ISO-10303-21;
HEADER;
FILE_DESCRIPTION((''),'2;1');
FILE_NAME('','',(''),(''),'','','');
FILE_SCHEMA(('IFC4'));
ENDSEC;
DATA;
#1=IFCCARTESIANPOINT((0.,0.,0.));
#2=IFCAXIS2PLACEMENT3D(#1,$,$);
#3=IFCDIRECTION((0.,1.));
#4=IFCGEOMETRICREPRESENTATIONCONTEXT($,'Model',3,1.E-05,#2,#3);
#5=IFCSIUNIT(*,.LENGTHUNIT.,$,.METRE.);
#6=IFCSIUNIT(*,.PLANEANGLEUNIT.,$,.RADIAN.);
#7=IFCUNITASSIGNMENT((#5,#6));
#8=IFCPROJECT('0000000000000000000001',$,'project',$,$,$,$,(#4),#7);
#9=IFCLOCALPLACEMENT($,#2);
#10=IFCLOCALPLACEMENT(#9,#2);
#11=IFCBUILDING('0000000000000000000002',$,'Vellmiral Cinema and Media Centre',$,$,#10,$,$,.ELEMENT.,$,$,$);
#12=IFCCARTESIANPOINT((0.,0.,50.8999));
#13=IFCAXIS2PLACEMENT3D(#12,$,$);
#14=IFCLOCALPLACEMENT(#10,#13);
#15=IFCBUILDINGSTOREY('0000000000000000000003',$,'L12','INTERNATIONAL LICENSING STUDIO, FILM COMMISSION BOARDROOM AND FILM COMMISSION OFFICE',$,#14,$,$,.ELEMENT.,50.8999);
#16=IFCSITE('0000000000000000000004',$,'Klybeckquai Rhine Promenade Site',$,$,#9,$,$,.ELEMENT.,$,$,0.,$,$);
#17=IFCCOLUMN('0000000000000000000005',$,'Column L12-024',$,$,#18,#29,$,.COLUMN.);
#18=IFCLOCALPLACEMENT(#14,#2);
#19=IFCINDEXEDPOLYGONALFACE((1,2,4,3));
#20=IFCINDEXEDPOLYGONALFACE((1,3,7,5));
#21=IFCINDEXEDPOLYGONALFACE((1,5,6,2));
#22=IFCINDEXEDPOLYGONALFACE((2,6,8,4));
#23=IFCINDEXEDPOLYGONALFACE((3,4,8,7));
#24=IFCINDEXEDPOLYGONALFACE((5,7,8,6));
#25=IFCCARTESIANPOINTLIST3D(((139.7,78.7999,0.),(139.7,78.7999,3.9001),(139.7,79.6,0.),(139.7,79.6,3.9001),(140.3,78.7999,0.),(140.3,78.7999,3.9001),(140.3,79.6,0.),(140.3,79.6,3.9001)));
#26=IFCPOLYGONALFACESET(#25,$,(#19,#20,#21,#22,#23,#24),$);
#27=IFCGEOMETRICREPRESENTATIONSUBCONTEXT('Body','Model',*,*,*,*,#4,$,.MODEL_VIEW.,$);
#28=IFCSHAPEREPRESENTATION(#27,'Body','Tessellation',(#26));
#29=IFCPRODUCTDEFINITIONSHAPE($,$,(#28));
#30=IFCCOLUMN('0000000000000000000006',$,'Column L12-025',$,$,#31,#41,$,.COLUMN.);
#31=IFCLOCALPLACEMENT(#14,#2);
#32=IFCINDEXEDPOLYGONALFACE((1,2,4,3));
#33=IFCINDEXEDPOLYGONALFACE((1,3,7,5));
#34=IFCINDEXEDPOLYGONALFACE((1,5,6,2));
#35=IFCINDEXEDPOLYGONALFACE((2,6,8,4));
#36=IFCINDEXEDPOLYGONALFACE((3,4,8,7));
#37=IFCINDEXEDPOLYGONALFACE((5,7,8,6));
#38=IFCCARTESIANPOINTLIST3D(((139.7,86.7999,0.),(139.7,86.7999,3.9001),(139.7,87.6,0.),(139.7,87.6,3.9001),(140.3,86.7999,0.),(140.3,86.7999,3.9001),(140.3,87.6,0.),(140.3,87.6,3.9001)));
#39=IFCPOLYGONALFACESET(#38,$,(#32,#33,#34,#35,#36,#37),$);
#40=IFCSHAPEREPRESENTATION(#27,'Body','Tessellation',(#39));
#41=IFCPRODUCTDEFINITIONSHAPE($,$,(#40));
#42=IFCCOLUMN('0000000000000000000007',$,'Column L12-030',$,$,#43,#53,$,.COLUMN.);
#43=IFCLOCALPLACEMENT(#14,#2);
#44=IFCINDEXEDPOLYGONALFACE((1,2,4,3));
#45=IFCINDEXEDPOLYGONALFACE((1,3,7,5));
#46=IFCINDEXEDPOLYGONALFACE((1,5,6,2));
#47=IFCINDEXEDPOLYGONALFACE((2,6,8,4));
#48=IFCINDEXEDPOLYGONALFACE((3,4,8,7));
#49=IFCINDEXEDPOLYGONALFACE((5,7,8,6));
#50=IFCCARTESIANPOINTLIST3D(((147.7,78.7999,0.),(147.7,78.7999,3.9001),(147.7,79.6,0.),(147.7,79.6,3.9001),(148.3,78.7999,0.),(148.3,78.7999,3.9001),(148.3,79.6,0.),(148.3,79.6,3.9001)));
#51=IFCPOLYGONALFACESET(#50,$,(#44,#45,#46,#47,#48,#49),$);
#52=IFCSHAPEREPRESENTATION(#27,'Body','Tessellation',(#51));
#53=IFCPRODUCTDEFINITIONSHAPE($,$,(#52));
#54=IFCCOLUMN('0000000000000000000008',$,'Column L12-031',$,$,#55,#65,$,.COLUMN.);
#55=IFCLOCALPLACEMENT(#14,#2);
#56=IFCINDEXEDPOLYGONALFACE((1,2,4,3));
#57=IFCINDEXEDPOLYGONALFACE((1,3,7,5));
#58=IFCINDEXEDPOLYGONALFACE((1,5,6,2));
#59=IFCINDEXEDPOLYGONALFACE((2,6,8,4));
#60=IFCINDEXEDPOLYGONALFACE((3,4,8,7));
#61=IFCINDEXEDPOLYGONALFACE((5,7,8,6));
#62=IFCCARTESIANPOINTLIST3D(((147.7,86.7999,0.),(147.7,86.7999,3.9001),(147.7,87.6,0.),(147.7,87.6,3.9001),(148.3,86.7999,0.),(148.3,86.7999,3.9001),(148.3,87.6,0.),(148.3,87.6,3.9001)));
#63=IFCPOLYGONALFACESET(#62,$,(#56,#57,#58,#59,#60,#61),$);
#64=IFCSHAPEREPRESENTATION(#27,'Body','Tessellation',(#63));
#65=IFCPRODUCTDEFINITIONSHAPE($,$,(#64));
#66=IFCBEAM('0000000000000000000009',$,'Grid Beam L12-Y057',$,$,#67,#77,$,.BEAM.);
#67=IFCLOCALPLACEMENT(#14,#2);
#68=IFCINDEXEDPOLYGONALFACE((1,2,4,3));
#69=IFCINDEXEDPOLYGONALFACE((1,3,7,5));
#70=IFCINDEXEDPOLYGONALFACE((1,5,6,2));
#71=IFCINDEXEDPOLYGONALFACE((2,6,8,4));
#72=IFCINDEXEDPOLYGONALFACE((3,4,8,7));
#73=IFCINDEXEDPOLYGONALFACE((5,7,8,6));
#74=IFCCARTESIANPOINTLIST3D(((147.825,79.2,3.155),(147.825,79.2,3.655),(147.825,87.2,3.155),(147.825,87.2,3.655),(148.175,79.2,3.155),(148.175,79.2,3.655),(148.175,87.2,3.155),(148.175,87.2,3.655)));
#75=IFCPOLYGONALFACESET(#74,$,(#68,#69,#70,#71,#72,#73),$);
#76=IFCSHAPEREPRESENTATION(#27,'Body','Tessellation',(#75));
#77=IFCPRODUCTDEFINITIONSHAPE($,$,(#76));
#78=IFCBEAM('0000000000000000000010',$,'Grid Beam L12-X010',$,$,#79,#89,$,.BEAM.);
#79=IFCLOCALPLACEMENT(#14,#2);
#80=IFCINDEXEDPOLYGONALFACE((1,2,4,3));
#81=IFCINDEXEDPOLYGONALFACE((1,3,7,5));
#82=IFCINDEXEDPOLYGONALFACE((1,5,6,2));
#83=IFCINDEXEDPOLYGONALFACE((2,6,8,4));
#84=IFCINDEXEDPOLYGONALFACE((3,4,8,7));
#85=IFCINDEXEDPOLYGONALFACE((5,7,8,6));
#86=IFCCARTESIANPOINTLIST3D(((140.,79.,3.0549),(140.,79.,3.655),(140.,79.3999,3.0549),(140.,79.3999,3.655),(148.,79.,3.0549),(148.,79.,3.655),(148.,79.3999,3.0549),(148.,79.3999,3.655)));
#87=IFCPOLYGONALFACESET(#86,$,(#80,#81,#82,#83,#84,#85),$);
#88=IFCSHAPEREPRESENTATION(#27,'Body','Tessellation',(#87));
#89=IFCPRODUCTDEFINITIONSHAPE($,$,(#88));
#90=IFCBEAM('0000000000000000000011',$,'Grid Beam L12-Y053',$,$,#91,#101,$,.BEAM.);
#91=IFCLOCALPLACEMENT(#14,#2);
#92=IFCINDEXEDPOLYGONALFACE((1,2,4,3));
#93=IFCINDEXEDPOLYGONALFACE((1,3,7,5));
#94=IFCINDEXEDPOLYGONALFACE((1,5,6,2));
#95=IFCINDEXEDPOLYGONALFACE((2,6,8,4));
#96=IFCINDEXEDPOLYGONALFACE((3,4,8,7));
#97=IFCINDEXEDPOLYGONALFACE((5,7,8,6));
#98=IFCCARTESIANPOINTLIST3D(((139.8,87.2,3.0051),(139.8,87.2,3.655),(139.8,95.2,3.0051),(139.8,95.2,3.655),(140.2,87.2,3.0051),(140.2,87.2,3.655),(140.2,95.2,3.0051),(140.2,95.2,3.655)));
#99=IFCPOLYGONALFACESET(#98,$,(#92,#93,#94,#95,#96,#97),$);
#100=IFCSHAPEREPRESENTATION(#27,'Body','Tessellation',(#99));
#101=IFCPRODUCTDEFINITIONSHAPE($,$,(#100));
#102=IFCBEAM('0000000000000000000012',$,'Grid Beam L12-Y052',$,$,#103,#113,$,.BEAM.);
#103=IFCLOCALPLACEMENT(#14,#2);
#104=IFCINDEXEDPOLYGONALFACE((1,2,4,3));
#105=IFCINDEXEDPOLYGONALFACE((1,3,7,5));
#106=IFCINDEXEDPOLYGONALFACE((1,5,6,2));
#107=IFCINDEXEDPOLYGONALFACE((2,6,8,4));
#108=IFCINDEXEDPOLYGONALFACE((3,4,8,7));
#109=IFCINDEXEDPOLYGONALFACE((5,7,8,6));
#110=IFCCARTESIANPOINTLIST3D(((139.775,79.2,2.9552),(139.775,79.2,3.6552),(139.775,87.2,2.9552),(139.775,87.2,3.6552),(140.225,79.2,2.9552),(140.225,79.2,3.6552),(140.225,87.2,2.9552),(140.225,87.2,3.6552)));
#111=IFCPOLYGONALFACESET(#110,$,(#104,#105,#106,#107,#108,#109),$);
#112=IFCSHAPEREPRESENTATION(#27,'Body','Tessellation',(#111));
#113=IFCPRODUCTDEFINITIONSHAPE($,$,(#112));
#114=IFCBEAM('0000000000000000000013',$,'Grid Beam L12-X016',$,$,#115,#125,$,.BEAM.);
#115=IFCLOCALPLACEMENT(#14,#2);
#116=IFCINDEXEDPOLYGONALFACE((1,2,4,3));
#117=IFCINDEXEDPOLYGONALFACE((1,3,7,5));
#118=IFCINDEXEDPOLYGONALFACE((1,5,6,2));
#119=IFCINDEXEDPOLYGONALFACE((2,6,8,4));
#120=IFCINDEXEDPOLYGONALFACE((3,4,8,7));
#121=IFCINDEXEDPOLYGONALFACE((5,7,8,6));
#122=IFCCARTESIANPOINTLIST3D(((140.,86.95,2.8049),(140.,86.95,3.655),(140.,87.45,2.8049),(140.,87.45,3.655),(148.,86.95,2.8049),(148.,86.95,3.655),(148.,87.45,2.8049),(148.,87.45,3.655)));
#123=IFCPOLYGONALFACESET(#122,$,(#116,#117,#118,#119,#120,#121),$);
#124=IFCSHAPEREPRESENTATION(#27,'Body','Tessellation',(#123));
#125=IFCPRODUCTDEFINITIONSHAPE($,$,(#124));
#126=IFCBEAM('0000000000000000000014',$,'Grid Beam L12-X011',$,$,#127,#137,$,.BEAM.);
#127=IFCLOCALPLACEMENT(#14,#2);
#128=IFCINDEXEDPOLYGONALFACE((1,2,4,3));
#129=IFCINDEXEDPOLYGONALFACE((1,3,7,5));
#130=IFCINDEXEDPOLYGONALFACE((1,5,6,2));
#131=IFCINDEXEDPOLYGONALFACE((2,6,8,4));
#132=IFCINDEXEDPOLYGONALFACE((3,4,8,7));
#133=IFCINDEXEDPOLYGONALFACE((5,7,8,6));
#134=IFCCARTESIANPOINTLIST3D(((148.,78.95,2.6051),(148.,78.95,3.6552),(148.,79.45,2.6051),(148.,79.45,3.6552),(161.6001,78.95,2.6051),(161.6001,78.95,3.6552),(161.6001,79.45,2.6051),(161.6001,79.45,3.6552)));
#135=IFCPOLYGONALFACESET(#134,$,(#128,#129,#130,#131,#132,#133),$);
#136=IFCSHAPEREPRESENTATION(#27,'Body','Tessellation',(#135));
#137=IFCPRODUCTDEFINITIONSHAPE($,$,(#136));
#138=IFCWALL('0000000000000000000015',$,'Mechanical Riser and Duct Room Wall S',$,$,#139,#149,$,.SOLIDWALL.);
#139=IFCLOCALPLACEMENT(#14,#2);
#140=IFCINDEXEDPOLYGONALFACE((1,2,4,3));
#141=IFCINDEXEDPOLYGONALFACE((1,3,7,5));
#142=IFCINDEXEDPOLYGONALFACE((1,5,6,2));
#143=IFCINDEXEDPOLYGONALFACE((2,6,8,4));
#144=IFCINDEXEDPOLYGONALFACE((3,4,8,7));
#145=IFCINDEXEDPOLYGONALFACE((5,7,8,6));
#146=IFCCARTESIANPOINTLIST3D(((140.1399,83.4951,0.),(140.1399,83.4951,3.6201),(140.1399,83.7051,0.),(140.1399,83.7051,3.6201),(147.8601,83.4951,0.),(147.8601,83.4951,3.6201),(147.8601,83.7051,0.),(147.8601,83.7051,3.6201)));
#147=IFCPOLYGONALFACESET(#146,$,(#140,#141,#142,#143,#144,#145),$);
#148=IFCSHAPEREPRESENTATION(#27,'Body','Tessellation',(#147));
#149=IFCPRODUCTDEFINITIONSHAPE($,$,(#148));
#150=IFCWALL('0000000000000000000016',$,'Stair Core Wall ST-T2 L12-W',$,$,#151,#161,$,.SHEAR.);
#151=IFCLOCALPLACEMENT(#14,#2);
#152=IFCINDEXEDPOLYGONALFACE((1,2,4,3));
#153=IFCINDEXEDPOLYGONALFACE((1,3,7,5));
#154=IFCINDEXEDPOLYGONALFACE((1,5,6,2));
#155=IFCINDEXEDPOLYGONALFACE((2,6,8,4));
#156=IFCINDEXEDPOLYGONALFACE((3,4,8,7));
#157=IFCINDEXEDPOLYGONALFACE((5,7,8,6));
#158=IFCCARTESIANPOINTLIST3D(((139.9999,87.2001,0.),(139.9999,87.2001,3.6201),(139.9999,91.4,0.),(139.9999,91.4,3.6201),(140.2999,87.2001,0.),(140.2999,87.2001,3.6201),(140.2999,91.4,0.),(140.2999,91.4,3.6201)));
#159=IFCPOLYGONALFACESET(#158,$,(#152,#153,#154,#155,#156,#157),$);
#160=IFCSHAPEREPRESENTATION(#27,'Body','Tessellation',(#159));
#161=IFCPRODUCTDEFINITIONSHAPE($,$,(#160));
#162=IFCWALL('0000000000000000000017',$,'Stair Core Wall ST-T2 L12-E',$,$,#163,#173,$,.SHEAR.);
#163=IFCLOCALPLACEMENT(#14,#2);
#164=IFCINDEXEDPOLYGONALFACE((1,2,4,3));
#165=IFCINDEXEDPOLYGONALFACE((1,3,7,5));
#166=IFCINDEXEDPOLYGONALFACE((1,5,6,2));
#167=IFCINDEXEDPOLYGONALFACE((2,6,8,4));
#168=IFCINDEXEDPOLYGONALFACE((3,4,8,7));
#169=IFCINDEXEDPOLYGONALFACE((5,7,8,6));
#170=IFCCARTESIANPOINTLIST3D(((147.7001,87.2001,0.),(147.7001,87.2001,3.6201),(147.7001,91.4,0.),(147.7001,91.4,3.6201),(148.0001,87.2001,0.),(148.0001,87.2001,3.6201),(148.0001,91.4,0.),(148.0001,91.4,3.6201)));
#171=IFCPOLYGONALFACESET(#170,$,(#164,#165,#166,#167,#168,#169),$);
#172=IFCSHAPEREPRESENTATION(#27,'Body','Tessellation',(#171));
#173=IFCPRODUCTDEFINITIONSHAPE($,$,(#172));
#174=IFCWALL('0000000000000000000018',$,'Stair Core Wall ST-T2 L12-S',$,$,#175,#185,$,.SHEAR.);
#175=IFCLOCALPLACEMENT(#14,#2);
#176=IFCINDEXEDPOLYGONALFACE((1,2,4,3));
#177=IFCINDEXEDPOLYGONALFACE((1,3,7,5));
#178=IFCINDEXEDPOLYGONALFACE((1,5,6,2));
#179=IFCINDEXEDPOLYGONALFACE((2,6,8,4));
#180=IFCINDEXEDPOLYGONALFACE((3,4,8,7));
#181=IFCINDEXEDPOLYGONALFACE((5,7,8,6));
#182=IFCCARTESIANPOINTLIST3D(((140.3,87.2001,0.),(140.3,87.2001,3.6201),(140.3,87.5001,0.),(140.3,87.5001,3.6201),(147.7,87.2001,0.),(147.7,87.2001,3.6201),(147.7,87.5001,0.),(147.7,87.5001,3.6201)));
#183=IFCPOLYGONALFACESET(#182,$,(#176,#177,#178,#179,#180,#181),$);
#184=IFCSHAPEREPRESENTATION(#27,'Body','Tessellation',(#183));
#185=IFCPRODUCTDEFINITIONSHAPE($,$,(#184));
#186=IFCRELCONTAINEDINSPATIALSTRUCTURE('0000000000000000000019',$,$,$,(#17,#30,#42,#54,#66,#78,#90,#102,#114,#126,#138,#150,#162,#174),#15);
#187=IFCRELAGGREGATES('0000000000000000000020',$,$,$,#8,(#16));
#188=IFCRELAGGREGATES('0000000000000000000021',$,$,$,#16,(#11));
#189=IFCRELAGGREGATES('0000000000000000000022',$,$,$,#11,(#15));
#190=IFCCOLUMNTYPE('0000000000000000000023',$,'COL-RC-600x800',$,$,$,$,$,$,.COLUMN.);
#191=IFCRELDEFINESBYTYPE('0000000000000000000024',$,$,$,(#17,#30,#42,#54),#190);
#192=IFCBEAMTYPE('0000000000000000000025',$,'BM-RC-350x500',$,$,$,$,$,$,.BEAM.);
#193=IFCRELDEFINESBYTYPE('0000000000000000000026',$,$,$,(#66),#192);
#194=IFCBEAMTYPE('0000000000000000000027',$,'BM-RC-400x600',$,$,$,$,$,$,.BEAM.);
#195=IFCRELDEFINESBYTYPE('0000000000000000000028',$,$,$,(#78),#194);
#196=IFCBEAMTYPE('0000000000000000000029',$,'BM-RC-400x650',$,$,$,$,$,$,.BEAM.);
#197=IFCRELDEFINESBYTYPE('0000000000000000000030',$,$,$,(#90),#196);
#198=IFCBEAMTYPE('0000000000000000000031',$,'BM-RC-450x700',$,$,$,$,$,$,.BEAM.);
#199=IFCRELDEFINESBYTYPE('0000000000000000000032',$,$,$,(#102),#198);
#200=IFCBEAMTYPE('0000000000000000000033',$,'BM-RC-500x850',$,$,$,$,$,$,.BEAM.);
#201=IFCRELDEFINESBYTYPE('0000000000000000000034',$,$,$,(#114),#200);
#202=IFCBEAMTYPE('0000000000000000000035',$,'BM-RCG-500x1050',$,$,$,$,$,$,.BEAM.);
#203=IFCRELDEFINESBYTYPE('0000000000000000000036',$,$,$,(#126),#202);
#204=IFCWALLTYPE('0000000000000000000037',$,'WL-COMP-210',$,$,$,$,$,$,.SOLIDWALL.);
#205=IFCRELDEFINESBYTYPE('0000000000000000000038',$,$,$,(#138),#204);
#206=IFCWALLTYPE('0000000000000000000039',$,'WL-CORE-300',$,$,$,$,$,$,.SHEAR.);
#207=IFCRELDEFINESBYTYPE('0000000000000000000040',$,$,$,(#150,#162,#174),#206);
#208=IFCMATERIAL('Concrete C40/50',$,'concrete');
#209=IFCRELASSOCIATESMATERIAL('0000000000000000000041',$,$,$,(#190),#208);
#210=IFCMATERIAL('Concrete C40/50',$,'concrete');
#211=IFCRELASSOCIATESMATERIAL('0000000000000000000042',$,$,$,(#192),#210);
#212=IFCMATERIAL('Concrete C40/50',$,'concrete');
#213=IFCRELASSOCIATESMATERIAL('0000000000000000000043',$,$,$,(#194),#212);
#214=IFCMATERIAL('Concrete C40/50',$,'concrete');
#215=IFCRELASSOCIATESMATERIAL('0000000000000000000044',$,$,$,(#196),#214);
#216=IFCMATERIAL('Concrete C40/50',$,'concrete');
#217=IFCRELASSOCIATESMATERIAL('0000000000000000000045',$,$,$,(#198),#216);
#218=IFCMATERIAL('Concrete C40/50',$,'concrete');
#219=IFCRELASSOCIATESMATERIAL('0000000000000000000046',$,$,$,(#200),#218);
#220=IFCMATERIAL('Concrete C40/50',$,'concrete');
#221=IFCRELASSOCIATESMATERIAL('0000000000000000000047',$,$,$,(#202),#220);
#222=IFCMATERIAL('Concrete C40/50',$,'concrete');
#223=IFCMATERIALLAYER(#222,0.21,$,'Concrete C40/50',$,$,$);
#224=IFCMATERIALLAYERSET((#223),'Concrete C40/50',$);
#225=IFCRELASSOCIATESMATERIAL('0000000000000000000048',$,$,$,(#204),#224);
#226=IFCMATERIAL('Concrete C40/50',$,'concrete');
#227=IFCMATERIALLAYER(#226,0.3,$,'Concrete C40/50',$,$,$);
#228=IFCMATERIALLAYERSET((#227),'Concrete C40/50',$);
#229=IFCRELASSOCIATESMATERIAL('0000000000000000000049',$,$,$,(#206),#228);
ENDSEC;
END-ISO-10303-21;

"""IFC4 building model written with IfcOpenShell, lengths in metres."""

from ifc_helpers import new_model, si_unit, direction, frame, frame_2d, origin, origin_2d, place, context, subcontext, project, spatial, rectangle, extrude, material, layer, layer_set, material_profile, profile_set, type_object, element, save


model = new_model("IFC4")

# Units and contexts
model_context = context("Model", 3, precision=1e-05, world=origin(), true_north=direction((0.0, 1.0)))
body_context = subcontext(model_context, "Body", "Model", "MODEL_VIEW")
ifc_project = project(units=[si_unit("LENGTHUNIT", "METRE"), si_unit("PLANEANGLEUNIT", "RADIAN")], contexts=[model_context])

# Site, building, storey
site_placement = place(None, origin())
site = spatial("IfcSite", under=ifc_project, at=site_placement, Name="Klybeckquai Rhine Promenade Site", CompositionType="ELEMENT", RefElevation=0.0)
building_placement = place(site_placement, origin())
building = spatial("IfcBuilding", under=site, at=building_placement, Name="Vellmiral Cinema and Media Centre", CompositionType="ELEMENT")
storey_placement = place(building_placement, frame((0.0, 0.0, 50.8999)))
storey = spatial("IfcBuildingStorey", under=building, at=storey_placement, Name="L12", Description="INTERNATIONAL LICENSING STUDIO, FILM COMMISSION BOARDROOM AND FILM COMMISSION OFFICE", CompositionType="ELEMENT", Elevation=50.8999)

# Columns
ifc_material_1 = material(Name="Concrete C40/50", Category="concrete")
ifc_material_profile_1 = material_profile(ifc_material_1, rectangle(XDim=0.6001, YDim=0.8, at=origin_2d()), Name="RC 600x800")
ifc_profile_set_1 = profile_set([ifc_material_profile_1], Name="Concrete C40/50")
column_type = type_object("IfcColumnType", Name="COL-RC-600x800", PredefinedType="COLUMN", material=ifc_profile_set_1)
for number, where, z_axis, x_axis, name in (
    (1, (140.0, 79.2, 0.0), (0.0, 0.0, 1.0), (1.0, 0.0, 0.0), "Column L12-024"),
    (2, (140.0, 87.2, 0.0), (0.0, 0.0, 1.0), (1.0, 0.0, 0.0), "Column L12-025"),
    (3, (148.0, 79.2, 0.0), (0.0, 0.0, 1.0), (1.0, 0.0, 0.0), "Column L12-030"),
    (4, (148.0, 87.2, 0.0), (0.0, 0.0, 1.0), (1.0, 0.0, 0.0), "Column L12-031"),
):
    element("IfcColumn", number, at=place(storey_placement, frame(where, z_axis=z_axis, x_axis=x_axis)), inside=storey, type_object=column_type, Name=name, PredefinedType="COLUMN", context=body_context, shape_type="SweptSolid", body=[
        extrude(rectangle(XDim=0.6001, YDim=0.8, at=origin_2d()), origin(), (0.0, 0.0, 1.0), 3.9001),
    ])

# Beams
ifc_material_2 = material(Name="Concrete C40/50", Category="concrete")
ifc_material_profile_2 = material_profile(ifc_material_2, rectangle(XDim=0.3501, YDim=0.5, at=origin_2d()), Name="RC 350x500")
ifc_profile_set_2 = profile_set([ifc_material_profile_2], Name="Concrete C40/50")
beam_type_1 = type_object("IfcBeamType", Name="BM-RC-350x500", PredefinedType="BEAM", material=ifc_profile_set_2)
beam_1_placement = place(storey_placement, frame((148.0, 79.2, 3.405), z_axis=(0.0, 1.0, 0.0), x_axis=(-1.0, 0.0, 0.0)))
element("IfcBeam", 5, at=beam_1_placement, inside=storey, type_object=beam_type_1, Name="Grid Beam L12-Y057", PredefinedType="BEAM", context=body_context, shape_type="SweptSolid", body=[
    extrude(rectangle(XDim=0.3501, YDim=0.5, at=origin_2d()), origin(), (0.0, 0.0, 1.0), 8.0),
])
ifc_material_3 = material(Name="Concrete C40/50", Category="concrete")
ifc_material_profile_3 = material_profile(ifc_material_3, rectangle(XDim=0.3999, YDim=0.6001, at=origin_2d()), Name="RC 400x600")
ifc_profile_set_3 = profile_set([ifc_material_profile_3], Name="Concrete C40/50")
beam_type_2 = type_object("IfcBeamType", Name="BM-RC-400x600", PredefinedType="BEAM", material=ifc_profile_set_3)
beam_2_placement = place(storey_placement, frame((140.0, 79.2, 3.355), z_axis=(1.0, 0.0, 0.0), x_axis=(0.0, 1.0, 0.0)))
element("IfcBeam", 6, at=beam_2_placement, inside=storey, type_object=beam_type_2, Name="Grid Beam L12-X010", PredefinedType="BEAM", context=body_context, shape_type="SweptSolid", body=[
    extrude(rectangle(XDim=0.3999, YDim=0.6001, at=origin_2d()), origin(), (0.0, 0.0, 1.0), 8.0),
])
ifc_material_4 = material(Name="Concrete C40/50", Category="concrete")
ifc_material_profile_4 = material_profile(ifc_material_4, rectangle(XDim=0.3999, YDim=0.6499, at=origin_2d()), Name="RC 400x650")
ifc_profile_set_4 = profile_set([ifc_material_profile_4], Name="Concrete C40/50")
beam_type_3 = type_object("IfcBeamType", Name="BM-RC-400x650", PredefinedType="BEAM", material=ifc_profile_set_4)
beam_3_placement = place(storey_placement, frame((140.0, 87.2, 3.3301), z_axis=(0.0, 1.0, 0.0), x_axis=(-1.0, 0.0, 0.0)))
element("IfcBeam", 7, at=beam_3_placement, inside=storey, type_object=beam_type_3, Name="Grid Beam L12-Y053", PredefinedType="BEAM", context=body_context, shape_type="SweptSolid", body=[
    extrude(rectangle(XDim=0.3999, YDim=0.6499, at=origin_2d()), origin(), (0.0, 0.0, 1.0), 8.0),
])
ifc_material_5 = material(Name="Concrete C40/50", Category="concrete")
ifc_material_profile_5 = material_profile(ifc_material_5, rectangle(XDim=0.45, YDim=0.7, at=origin_2d()), Name="RC 450x700")
ifc_profile_set_5 = profile_set([ifc_material_profile_5], Name="Concrete C40/50")
beam_type_4 = type_object("IfcBeamType", Name="BM-RC-450x700", PredefinedType="BEAM", material=ifc_profile_set_5)
beam_4_placement = place(storey_placement, frame((140.0, 79.2, 3.3052), z_axis=(0.0, 1.0, 0.0), x_axis=(-1.0, 0.0, 0.0)))
element("IfcBeam", 8, at=beam_4_placement, inside=storey, type_object=beam_type_4, Name="Grid Beam L12-Y052", PredefinedType="BEAM", context=body_context, shape_type="SweptSolid", body=[
    extrude(rectangle(XDim=0.45, YDim=0.7, at=origin_2d()), origin(), (0.0, 0.0, 1.0), 8.0),
])
ifc_material_6 = material(Name="Concrete C40/50", Category="concrete")
ifc_material_profile_6 = material_profile(ifc_material_6, rectangle(XDim=0.5, YDim=0.8501, at=origin_2d()), Name="RC 500x850")
ifc_profile_set_6 = profile_set([ifc_material_profile_6], Name="Concrete C40/50")
beam_type_5 = type_object("IfcBeamType", Name="BM-RC-500x850", PredefinedType="BEAM", material=ifc_profile_set_6)
beam_5_placement = place(storey_placement, frame((140.0, 87.2, 3.23), z_axis=(1.0, 0.0, 0.0), x_axis=(0.0, 1.0, 0.0)))
element("IfcBeam", 9, at=beam_5_placement, inside=storey, type_object=beam_type_5, Name="Grid Beam L12-X016", PredefinedType="BEAM", context=body_context, shape_type="SweptSolid", body=[
    extrude(rectangle(XDim=0.5, YDim=0.8501, at=origin_2d()), origin(), (0.0, 0.0, 1.0), 8.0),
])
ifc_material_7 = material(Name="Concrete C40/50", Category="concrete")
ifc_material_profile_7 = material_profile(ifc_material_7, rectangle(XDim=0.5, YDim=1.05, at=origin_2d()), Name="RC 500x1050")
ifc_profile_set_7 = profile_set([ifc_material_profile_7], Name="Concrete C40/50")
beam_type_6 = type_object("IfcBeamType", Name="BM-RCG-500x1050", PredefinedType="BEAM", material=ifc_profile_set_7)
beam_6_placement = place(storey_placement, frame((148.0, 79.2, 3.1301), z_axis=(1.0, 0.0, 0.0), x_axis=(0.0, 1.0, 0.0)))
element("IfcBeam", 10, at=beam_6_placement, inside=storey, type_object=beam_type_6, Name="Grid Beam L12-X011", PredefinedType="BEAM", context=body_context, shape_type="SweptSolid", body=[
    extrude(rectangle(XDim=0.5, YDim=1.05, at=origin_2d()), origin(), (0.0, 0.0, 1.0), 13.6001),
])

# Wall
ifc_material_8 = material(Name="Concrete C40/50", Category="concrete")
ifc_layer_1 = layer(ifc_material_8, 0.21, Name="Concrete C40/50")
ifc_layer_set_1 = layer_set([ifc_layer_1], Name="Concrete C40/50")
wall_type_1 = type_object("IfcWallType", Name="WL-COMP-210", PredefinedType="SOLIDWALL", material=ifc_layer_set_1)
wall_1_placement = place(storey_placement, frame((140.1399, 83.6001, 0.0), z_axis=(0.0, 0.0, 1.0), x_axis=(1.0, 0.0, 0.0)))
element("IfcWall", 11, at=wall_1_placement, inside=storey, type_object=wall_type_1, Name="Mechanical Riser and Duct Room Wall S", PredefinedType="SOLIDWALL", context=body_context, shape_type="SweptSolid", body=[
    extrude(rectangle(XDim=7.7202, YDim=0.21, at=frame_2d((3.8601, 0.0))), origin(), (0.0, 0.0, 1.0), 3.6201),
])

# Walls
ifc_material_9 = material(Name="Concrete C40/50", Category="concrete")
ifc_layer_2 = layer(ifc_material_9, 0.3, Name="Concrete C40/50")
ifc_layer_set_2 = layer_set([ifc_layer_2], Name="Concrete C40/50")
wall_type_2 = type_object("IfcWallType", Name="WL-CORE-300", PredefinedType="SHEAR", material=ifc_layer_set_2)
for number, where, z_axis, x_axis, name in (
    (12, (140.1499, 87.2, 0.0), (0.0, 0.0, 1.0), (0.0, 1.0, 0.0), "Stair Core Wall ST-T2 L12-W"),
    (13, (147.8501, 87.2, 0.0), (0.0, 0.0, 1.0), (0.0, 1.0, 0.0), "Stair Core Wall ST-T2 L12-E"),
):
    element("IfcWall", number, at=place(storey_placement, frame(where, z_axis=z_axis, x_axis=x_axis)), inside=storey, type_object=wall_type_2, Name=name, PredefinedType="SHEAR", context=body_context, shape_type="SweptSolid", body=[
        extrude(rectangle(XDim=4.2, YDim=0.3, at=frame_2d((2.1001, 0.0))), origin(), (0.0, 0.0, 1.0), 3.6201),
    ])
wall_2_placement = place(storey_placement, frame((140.3, 87.3501, 0.0), z_axis=(0.0, 0.0, 1.0), x_axis=(1.0, 0.0, 0.0)))
element("IfcWall", 14, at=wall_2_placement, inside=storey, type_object=wall_type_2, Name="Stair Core Wall ST-T2 L12-S", PredefinedType="SHEAR", context=body_context, shape_type="SweptSolid", body=[
    extrude(rectangle(XDim=7.3999, YDim=0.3, at=frame_2d((3.7, 0.0))), origin(), (0.0, 0.0, 1.0), 3.6201),
])

save(model, "model.ifc")
